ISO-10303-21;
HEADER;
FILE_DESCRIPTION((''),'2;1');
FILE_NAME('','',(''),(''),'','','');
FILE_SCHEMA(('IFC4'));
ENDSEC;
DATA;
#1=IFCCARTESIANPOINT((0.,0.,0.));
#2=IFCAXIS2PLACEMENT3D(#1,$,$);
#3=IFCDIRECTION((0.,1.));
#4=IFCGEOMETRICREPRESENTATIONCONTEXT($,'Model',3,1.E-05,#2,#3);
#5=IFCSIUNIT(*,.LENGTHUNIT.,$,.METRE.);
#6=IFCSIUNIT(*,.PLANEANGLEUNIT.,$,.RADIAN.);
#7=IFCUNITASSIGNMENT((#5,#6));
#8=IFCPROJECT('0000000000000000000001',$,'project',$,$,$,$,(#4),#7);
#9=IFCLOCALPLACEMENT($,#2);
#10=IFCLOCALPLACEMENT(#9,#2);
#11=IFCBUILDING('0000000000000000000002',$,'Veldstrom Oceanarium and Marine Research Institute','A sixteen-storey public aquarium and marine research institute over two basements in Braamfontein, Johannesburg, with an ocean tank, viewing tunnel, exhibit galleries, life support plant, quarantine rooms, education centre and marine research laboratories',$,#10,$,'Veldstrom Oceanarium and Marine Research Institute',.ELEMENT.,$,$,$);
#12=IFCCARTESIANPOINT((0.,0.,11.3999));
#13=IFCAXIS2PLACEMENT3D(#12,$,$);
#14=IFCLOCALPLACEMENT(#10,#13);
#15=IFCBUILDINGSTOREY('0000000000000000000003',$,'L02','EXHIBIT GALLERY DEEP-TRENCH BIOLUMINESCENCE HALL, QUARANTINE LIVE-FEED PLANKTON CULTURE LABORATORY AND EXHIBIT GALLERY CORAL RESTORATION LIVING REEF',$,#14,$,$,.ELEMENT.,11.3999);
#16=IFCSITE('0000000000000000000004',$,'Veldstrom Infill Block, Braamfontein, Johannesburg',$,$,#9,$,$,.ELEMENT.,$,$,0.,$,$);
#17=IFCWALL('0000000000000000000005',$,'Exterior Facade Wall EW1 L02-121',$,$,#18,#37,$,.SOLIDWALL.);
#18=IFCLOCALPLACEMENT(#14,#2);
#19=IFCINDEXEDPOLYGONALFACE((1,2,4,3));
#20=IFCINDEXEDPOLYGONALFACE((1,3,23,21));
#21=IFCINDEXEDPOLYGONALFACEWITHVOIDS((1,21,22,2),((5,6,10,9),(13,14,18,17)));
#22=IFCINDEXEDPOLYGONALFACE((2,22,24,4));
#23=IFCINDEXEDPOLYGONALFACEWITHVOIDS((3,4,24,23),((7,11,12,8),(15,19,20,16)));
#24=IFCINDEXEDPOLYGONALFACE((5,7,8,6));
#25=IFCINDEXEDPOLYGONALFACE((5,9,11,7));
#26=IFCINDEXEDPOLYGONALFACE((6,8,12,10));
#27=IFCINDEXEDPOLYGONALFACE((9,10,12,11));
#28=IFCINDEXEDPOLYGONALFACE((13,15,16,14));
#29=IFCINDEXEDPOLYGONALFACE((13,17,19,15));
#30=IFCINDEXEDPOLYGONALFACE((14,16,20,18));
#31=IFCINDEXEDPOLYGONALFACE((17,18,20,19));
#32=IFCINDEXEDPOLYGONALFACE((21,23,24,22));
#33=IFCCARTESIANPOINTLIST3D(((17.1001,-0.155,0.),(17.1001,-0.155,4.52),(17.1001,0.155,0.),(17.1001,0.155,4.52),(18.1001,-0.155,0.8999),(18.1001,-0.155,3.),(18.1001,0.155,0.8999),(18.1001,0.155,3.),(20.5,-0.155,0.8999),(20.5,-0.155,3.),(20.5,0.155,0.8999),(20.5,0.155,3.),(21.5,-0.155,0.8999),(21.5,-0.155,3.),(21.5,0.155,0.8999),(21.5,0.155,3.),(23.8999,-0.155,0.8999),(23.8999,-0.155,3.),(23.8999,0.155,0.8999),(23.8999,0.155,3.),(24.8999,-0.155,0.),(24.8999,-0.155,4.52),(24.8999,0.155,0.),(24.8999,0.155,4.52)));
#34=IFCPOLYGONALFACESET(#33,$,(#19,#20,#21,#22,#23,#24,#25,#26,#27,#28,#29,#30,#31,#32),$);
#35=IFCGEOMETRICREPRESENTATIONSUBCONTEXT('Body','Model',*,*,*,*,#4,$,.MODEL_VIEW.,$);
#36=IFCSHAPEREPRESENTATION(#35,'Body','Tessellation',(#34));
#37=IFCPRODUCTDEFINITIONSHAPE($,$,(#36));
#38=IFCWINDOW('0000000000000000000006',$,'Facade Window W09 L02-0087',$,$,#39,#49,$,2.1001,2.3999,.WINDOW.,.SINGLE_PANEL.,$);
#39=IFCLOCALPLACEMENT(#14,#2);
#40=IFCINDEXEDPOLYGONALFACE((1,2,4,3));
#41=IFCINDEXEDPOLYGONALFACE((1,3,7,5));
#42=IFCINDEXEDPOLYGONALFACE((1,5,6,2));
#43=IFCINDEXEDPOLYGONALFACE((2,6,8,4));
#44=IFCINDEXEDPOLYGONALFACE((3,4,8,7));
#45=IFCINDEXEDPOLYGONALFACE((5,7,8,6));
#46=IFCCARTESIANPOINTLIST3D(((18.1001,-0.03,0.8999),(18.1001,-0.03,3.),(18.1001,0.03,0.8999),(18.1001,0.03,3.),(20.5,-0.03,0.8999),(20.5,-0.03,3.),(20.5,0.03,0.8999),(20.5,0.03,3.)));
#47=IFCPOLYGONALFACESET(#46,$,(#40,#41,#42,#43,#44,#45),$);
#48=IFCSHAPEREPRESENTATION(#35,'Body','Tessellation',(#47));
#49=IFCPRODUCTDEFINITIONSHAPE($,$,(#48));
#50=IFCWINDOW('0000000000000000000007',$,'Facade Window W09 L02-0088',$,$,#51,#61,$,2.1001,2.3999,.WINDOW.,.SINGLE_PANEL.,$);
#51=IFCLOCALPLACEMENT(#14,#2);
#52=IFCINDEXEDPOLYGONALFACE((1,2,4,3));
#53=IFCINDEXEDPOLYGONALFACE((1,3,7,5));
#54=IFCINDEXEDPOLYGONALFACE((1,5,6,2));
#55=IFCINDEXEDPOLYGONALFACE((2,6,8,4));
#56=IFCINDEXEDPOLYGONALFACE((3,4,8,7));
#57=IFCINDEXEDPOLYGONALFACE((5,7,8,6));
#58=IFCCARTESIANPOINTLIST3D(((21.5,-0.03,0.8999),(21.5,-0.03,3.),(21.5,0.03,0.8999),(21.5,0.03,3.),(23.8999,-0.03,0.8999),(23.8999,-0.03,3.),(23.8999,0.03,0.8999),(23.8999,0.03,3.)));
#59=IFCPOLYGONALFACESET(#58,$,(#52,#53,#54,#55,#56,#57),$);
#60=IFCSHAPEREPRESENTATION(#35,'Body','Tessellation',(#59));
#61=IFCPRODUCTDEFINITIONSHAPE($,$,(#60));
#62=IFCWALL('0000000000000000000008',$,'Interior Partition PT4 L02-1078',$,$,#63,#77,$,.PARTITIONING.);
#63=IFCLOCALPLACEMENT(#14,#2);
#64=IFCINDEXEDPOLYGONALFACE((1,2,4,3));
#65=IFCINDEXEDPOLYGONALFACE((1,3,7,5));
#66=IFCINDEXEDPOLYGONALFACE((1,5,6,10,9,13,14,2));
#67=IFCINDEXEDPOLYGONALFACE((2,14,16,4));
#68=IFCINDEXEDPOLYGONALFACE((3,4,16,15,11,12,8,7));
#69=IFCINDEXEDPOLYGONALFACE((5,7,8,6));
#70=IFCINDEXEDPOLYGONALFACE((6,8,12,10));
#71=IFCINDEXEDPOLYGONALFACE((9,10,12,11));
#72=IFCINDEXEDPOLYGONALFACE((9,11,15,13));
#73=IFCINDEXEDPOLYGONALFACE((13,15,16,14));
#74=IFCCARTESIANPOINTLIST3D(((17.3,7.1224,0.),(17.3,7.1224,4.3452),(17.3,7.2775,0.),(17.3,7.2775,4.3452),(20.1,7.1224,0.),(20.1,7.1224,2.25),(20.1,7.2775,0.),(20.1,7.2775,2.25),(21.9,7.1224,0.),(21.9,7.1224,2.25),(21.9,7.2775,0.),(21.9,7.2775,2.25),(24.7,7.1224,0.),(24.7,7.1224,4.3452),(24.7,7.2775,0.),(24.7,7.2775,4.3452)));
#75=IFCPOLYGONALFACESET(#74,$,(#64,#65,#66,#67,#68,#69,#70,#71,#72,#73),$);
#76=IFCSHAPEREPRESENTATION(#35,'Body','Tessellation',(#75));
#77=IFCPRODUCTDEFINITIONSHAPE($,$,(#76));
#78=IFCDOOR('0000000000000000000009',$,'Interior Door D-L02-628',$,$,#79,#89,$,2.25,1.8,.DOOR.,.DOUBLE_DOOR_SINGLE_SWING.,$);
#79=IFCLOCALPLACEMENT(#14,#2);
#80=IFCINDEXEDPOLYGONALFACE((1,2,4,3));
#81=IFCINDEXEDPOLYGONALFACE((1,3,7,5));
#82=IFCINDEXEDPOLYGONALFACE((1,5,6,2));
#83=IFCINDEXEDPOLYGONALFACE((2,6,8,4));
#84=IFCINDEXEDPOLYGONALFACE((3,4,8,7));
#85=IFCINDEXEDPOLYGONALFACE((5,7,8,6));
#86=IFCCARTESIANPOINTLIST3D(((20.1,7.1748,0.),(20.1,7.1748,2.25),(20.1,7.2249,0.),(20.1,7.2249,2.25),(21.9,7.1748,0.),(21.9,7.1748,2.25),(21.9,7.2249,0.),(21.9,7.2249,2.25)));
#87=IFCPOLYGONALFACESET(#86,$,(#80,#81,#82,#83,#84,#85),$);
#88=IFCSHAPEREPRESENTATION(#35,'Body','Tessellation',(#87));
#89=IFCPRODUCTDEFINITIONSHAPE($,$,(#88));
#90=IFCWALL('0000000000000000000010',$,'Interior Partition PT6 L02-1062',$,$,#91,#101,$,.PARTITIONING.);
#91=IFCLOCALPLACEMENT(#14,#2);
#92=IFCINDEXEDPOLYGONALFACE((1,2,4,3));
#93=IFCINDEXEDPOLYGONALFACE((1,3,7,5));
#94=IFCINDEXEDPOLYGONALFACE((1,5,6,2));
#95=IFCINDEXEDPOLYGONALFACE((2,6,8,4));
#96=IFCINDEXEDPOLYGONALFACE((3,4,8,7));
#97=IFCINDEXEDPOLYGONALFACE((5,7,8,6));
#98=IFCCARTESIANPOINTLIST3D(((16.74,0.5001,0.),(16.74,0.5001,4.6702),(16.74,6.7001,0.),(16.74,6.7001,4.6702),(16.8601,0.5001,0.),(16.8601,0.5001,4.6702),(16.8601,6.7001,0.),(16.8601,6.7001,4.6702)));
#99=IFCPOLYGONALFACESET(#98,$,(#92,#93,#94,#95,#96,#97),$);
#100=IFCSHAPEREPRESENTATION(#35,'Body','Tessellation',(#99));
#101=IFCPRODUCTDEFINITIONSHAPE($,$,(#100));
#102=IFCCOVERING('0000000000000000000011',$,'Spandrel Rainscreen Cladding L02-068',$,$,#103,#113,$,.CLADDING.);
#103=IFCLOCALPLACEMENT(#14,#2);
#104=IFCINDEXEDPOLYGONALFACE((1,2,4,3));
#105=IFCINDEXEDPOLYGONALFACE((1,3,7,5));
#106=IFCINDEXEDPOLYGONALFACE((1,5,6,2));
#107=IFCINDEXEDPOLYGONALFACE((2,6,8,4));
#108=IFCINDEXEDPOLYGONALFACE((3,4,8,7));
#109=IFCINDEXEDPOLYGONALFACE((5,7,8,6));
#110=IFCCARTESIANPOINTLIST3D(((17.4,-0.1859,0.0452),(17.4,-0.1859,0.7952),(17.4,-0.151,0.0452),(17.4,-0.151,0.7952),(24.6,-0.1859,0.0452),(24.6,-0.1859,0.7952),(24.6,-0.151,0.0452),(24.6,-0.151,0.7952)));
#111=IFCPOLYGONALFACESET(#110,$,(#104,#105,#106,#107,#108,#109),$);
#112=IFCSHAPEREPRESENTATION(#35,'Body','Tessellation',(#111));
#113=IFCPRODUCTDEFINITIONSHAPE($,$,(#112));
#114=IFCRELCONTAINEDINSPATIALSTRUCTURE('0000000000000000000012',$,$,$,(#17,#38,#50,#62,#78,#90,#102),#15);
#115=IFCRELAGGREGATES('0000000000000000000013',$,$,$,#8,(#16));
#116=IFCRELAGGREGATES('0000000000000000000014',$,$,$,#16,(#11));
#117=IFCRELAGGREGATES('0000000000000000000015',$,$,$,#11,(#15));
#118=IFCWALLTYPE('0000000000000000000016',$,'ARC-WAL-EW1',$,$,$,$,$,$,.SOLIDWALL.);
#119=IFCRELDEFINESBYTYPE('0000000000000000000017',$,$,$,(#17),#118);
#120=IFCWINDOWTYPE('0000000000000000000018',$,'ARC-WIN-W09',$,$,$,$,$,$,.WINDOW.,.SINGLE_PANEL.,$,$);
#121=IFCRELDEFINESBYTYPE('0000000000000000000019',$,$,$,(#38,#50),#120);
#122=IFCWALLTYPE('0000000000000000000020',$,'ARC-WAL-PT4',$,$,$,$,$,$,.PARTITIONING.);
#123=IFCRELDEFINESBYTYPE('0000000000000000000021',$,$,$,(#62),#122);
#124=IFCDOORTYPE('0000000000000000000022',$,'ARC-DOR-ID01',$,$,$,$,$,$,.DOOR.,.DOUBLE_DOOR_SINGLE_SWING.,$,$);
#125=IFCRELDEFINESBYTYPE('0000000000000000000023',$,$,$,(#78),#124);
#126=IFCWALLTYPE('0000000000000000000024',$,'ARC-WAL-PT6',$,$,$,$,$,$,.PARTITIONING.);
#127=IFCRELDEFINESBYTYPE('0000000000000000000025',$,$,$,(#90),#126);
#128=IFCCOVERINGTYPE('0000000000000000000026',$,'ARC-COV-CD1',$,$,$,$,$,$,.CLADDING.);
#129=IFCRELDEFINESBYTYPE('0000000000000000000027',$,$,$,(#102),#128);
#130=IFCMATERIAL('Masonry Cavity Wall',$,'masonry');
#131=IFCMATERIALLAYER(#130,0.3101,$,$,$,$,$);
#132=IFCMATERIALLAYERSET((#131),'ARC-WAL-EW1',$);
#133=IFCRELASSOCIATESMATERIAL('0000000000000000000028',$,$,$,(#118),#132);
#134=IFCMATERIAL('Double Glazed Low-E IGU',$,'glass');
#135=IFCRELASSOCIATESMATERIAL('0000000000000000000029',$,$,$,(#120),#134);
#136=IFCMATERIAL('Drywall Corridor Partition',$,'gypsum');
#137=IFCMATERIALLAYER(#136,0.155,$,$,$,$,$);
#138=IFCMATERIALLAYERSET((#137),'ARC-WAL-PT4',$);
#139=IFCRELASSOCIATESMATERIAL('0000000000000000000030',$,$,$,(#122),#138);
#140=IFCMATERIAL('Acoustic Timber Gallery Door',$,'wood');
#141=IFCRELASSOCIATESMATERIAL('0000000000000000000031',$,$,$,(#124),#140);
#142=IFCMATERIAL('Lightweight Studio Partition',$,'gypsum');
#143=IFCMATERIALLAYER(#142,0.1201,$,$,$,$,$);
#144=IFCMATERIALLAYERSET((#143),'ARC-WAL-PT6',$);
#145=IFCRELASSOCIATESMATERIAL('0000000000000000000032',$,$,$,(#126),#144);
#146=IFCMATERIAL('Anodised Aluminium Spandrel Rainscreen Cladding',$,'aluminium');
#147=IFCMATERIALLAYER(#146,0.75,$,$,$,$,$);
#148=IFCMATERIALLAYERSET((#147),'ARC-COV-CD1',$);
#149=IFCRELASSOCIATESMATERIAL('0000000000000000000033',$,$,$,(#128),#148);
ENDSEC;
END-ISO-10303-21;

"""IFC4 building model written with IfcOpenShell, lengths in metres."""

from ifc_helpers import new_model, si_unit, direction, frame, frame_2d, origin, origin_2d, place, context, subcontext, project, spatial, rectangle, extrude, material, layer, layer_set, type_object, element, fill, save


model = new_model("IFC4")

# Units and contexts
model_context = context("Model", 3, precision=1e-05, world=origin(), true_north=direction((0.0, 1.0)))
body_context = subcontext(model_context, "Body", "Model", "MODEL_VIEW")
ifc_project = project(units=[si_unit("LENGTHUNIT", "METRE"), si_unit("PLANEANGLEUNIT", "RADIAN")], contexts=[model_context])

# Site, building, storey
site_placement = place(None, origin())
site = spatial("IfcSite", under=ifc_project, at=site_placement, Name="Veldstrom Infill Block, Braamfontein, Johannesburg", CompositionType="ELEMENT", RefElevation=0.0)
building_placement = place(site_placement, origin())
building = spatial("IfcBuilding", under=site, at=building_placement, Name="Veldstrom Oceanarium and Marine Research Institute", Description="A sixteen-storey public aquarium and marine research institute over two basements in Braamfontein, Johannesburg, with an ocean tank, viewing tunnel, exhibit galleries, life support plant, quarantine rooms, education centre and marine research laboratories", LongName="Veldstrom Oceanarium and Marine Research Institute", CompositionType="ELEMENT")
storey_placement = place(building_placement, frame((0.0, 0.0, 11.3999)))
storey = spatial("IfcBuildingStorey", under=building, at=storey_placement, Name="L02", Description="EXHIBIT GALLERY DEEP-TRENCH BIOLUMINESCENCE HALL, QUARANTINE LIVE-FEED PLANKTON CULTURE LABORATORY AND EXHIBIT GALLERY CORAL RESTORATION LIVING REEF", CompositionType="ELEMENT", Elevation=11.3999)

# Wall, openings, windows
ifc_material_1 = material(Name="Masonry Cavity Wall", Category="masonry")
ifc_layer_1 = layer(ifc_material_1, 0.3101)
ifc_layer_set_1 = layer_set([ifc_layer_1], Name="ARC-WAL-EW1")
wall_type_1 = type_object("IfcWallType", Name="ARC-WAL-EW1", PredefinedType="SOLIDWALL", material=ifc_layer_set_1)
wall_1_placement = place(storey_placement, frame((17.1001, 0.0, 0.0), z_axis=(0.0, 0.0, 1.0), x_axis=(1.0, 0.0, 0.0)))
wall_1 = element("IfcWall", 1, at=wall_1_placement, inside=storey, type_object=wall_type_1, Name="Exterior Facade Wall EW1 L02-121", PredefinedType="SOLIDWALL", context=body_context, shape_type="SweptSolid", body=[
    extrude(rectangle(XDim=7.7998, YDim=0.3101, at=frame_2d((3.8999, 0.0))), origin(), (0.0, 0.0, 1.0), 4.52),
])
opening_1_placement = place(wall_1_placement, frame((1.0, 0.0, 0.8999)))
opening_1 = element("IfcOpeningElement", 2, at=opening_1_placement, cuts=wall_1, PredefinedType="OPENING", context=body_context, shape_type="SweptSolid", body=[
    extrude(rectangle(XDim=2.3999, YDim=2.1001, at=frame_2d((1.2, 1.05))), frame((0.0, 0.165, 0.0), z_axis=(0.0, -1.0, 0.0), x_axis=(1.0, 0.0, 0.0)), (0.0, 0.0, 1.0), 0.3301),
])
opening_2_placement = place(wall_1_placement, frame((4.3999, 0.0, 0.8999)))
opening_2 = element("IfcOpeningElement", 3, at=opening_2_placement, cuts=wall_1, PredefinedType="OPENING", context=body_context, shape_type="SweptSolid", body=[
    extrude(rectangle(XDim=2.3999, YDim=2.1001, at=frame_2d((1.2, 1.05))), frame((0.0, 0.165, 0.0), z_axis=(0.0, -1.0, 0.0), x_axis=(1.0, 0.0, 0.0)), (0.0, 0.0, 1.0), 0.3301),
])
ifc_material_2 = material(Name="Double Glazed Low-E IGU", Category="glass")
window_type = type_object("IfcWindowType", Name="ARC-WIN-W09", PartitioningType="SINGLE_PANEL", PredefinedType="WINDOW", material=ifc_material_2)
window_1_placement = place(opening_1_placement, origin())
window_1 = element("IfcWindow", 4, at=window_1_placement, inside=storey, type_object=window_type, Name="Facade Window W09 L02-0087", OverallHeight=2.1001, OverallWidth=2.3999, PartitioningType="SINGLE_PANEL", PredefinedType="WINDOW", context=body_context, shape_type="SweptSolid", body=[
    extrude(rectangle(XDim=2.3999, YDim=2.1001, at=frame_2d((1.2, 1.05))), frame((0.0, 0.03, 0.0), z_axis=(0.0, -1.0, 0.0), x_axis=(1.0, 0.0, 0.0)), (0.0, 0.0, 1.0), 0.0601),
])
fill(opening_1, window_1)
window_2_placement = place(opening_2_placement, origin())
window_2 = element("IfcWindow", 5, at=window_2_placement, inside=storey, type_object=window_type, Name="Facade Window W09 L02-0088", OverallHeight=2.1001, OverallWidth=2.3999, PartitioningType="SINGLE_PANEL", PredefinedType="WINDOW", context=body_context, shape_type="SweptSolid", body=[
    extrude(rectangle(XDim=2.3999, YDim=2.1001, at=frame_2d((1.2, 1.05))), frame((0.0, 0.03, 0.0), z_axis=(0.0, -1.0, 0.0), x_axis=(1.0, 0.0, 0.0)), (0.0, 0.0, 1.0), 0.0601),
])
fill(opening_2, window_2)

# Wall, opening, door
ifc_material_3 = material(Name="Drywall Corridor Partition", Category="gypsum")
ifc_layer_2 = layer(ifc_material_3, 0.155)
ifc_layer_set_2 = layer_set([ifc_layer_2], Name="ARC-WAL-PT4")
wall_type_2 = type_object("IfcWallType", Name="ARC-WAL-PT4", PredefinedType="PARTITIONING", material=ifc_layer_set_2)
wall_2_placement = place(storey_placement, frame((17.3, 7.2, 0.0), z_axis=(0.0, 0.0, 1.0), x_axis=(1.0, 0.0, 0.0)))
wall_2 = element("IfcWall", 6, at=wall_2_placement, inside=storey, type_object=wall_type_2, Name="Interior Partition PT4 L02-1078", PredefinedType="PARTITIONING", context=body_context, shape_type="SweptSolid", body=[
    extrude(rectangle(XDim=7.3999, YDim=0.155, at=frame_2d((3.7, 0.0))), origin(), (0.0, 0.0, 1.0), 4.3452),
])
opening_3_placement = place(wall_2_placement, frame((2.8, 0.0, 0.0)))
opening_3 = element("IfcOpeningElement", 7, at=opening_3_placement, cuts=wall_2, PredefinedType="OPENING", context=body_context, shape_type="SweptSolid", body=[
    extrude(rectangle(XDim=1.8, YDim=2.25, at=frame_2d((0.8999, 1.125))), frame((0.0, 0.0874, 0.0), z_axis=(0.0, -1.0, 0.0), x_axis=(1.0, 0.0, 0.0)), (0.0, 0.0, 1.0), 0.175),
])
ifc_material_4 = material(Name="Acoustic Timber Gallery Door", Category="wood")
door_type = type_object("IfcDoorType", Name="ARC-DOR-ID01", OperationType="DOUBLE_DOOR_SINGLE_SWING", PredefinedType="DOOR", material=ifc_material_4)
door_placement = place(opening_3_placement, origin())
door = element("IfcDoor", 8, at=door_placement, inside=storey, type_object=door_type, Name="Interior Door D-L02-628", OperationType="DOUBLE_DOOR_SINGLE_SWING", OverallHeight=2.25, OverallWidth=1.8, PredefinedType="DOOR", context=body_context, shape_type="SweptSolid", body=[
    extrude(rectangle(XDim=1.8, YDim=2.25, at=frame_2d((0.8999, 1.125))), frame((0.0, 0.0249, 0.0), z_axis=(0.0, -1.0, 0.0), x_axis=(1.0, 0.0, 0.0)), (0.0, 0.0, 1.0), 0.05),
])
fill(opening_3, door)

# Wall
ifc_material_5 = material(Name="Lightweight Studio Partition", Category="gypsum")
ifc_layer_3 = layer(ifc_material_5, 0.1201)
ifc_layer_set_3 = layer_set([ifc_layer_3], Name="ARC-WAL-PT6")
wall_type_3 = type_object("IfcWallType", Name="ARC-WAL-PT6", PredefinedType="PARTITIONING", material=ifc_layer_set_3)
wall_3_placement = place(storey_placement, frame((16.8, 0.5, 0.0), z_axis=(0.0, 0.0, 1.0), x_axis=(0.0, 1.0, 0.0)))
element("IfcWall", 9, at=wall_3_placement, inside=storey, type_object=wall_type_3, Name="Interior Partition PT6 L02-1062", PredefinedType="PARTITIONING", context=body_context, shape_type="SweptSolid", body=[
    extrude(rectangle(XDim=6.2, YDim=0.1201, at=frame_2d((3.1001, 0.0))), origin(), (0.0, 0.0, 1.0), 4.6702),
])

# Covering
ifc_material_6 = material(Name="Anodised Aluminium Spandrel Rainscreen Cladding", Category="aluminium")
ifc_layer_4 = layer(ifc_material_6, 0.75)
ifc_layer_set_4 = layer_set([ifc_layer_4], Name="ARC-COV-CD1")
covering_type = type_object("IfcCoveringType", Name="ARC-COV-CD1", PredefinedType="CLADDING", material=ifc_layer_set_4)
covering_placement = place(storey_placement, frame((21.0, -0.1685, 0.0452), z_axis=(0.0, 0.0, 1.0), x_axis=(1.0, 0.0, 0.0)))
element("IfcCovering", 10, at=covering_placement, inside=storey, type_object=covering_type, Name="Spandrel Rainscreen Cladding L02-068", PredefinedType="CLADDING", context=body_context, shape_type="SweptSolid", body=[
    extrude(rectangle(XDim=7.2, YDim=0.0349, at=origin_2d()), origin(), (0.0, 0.0, 1.0), 0.75),
])

save(model, "model.ifc")
